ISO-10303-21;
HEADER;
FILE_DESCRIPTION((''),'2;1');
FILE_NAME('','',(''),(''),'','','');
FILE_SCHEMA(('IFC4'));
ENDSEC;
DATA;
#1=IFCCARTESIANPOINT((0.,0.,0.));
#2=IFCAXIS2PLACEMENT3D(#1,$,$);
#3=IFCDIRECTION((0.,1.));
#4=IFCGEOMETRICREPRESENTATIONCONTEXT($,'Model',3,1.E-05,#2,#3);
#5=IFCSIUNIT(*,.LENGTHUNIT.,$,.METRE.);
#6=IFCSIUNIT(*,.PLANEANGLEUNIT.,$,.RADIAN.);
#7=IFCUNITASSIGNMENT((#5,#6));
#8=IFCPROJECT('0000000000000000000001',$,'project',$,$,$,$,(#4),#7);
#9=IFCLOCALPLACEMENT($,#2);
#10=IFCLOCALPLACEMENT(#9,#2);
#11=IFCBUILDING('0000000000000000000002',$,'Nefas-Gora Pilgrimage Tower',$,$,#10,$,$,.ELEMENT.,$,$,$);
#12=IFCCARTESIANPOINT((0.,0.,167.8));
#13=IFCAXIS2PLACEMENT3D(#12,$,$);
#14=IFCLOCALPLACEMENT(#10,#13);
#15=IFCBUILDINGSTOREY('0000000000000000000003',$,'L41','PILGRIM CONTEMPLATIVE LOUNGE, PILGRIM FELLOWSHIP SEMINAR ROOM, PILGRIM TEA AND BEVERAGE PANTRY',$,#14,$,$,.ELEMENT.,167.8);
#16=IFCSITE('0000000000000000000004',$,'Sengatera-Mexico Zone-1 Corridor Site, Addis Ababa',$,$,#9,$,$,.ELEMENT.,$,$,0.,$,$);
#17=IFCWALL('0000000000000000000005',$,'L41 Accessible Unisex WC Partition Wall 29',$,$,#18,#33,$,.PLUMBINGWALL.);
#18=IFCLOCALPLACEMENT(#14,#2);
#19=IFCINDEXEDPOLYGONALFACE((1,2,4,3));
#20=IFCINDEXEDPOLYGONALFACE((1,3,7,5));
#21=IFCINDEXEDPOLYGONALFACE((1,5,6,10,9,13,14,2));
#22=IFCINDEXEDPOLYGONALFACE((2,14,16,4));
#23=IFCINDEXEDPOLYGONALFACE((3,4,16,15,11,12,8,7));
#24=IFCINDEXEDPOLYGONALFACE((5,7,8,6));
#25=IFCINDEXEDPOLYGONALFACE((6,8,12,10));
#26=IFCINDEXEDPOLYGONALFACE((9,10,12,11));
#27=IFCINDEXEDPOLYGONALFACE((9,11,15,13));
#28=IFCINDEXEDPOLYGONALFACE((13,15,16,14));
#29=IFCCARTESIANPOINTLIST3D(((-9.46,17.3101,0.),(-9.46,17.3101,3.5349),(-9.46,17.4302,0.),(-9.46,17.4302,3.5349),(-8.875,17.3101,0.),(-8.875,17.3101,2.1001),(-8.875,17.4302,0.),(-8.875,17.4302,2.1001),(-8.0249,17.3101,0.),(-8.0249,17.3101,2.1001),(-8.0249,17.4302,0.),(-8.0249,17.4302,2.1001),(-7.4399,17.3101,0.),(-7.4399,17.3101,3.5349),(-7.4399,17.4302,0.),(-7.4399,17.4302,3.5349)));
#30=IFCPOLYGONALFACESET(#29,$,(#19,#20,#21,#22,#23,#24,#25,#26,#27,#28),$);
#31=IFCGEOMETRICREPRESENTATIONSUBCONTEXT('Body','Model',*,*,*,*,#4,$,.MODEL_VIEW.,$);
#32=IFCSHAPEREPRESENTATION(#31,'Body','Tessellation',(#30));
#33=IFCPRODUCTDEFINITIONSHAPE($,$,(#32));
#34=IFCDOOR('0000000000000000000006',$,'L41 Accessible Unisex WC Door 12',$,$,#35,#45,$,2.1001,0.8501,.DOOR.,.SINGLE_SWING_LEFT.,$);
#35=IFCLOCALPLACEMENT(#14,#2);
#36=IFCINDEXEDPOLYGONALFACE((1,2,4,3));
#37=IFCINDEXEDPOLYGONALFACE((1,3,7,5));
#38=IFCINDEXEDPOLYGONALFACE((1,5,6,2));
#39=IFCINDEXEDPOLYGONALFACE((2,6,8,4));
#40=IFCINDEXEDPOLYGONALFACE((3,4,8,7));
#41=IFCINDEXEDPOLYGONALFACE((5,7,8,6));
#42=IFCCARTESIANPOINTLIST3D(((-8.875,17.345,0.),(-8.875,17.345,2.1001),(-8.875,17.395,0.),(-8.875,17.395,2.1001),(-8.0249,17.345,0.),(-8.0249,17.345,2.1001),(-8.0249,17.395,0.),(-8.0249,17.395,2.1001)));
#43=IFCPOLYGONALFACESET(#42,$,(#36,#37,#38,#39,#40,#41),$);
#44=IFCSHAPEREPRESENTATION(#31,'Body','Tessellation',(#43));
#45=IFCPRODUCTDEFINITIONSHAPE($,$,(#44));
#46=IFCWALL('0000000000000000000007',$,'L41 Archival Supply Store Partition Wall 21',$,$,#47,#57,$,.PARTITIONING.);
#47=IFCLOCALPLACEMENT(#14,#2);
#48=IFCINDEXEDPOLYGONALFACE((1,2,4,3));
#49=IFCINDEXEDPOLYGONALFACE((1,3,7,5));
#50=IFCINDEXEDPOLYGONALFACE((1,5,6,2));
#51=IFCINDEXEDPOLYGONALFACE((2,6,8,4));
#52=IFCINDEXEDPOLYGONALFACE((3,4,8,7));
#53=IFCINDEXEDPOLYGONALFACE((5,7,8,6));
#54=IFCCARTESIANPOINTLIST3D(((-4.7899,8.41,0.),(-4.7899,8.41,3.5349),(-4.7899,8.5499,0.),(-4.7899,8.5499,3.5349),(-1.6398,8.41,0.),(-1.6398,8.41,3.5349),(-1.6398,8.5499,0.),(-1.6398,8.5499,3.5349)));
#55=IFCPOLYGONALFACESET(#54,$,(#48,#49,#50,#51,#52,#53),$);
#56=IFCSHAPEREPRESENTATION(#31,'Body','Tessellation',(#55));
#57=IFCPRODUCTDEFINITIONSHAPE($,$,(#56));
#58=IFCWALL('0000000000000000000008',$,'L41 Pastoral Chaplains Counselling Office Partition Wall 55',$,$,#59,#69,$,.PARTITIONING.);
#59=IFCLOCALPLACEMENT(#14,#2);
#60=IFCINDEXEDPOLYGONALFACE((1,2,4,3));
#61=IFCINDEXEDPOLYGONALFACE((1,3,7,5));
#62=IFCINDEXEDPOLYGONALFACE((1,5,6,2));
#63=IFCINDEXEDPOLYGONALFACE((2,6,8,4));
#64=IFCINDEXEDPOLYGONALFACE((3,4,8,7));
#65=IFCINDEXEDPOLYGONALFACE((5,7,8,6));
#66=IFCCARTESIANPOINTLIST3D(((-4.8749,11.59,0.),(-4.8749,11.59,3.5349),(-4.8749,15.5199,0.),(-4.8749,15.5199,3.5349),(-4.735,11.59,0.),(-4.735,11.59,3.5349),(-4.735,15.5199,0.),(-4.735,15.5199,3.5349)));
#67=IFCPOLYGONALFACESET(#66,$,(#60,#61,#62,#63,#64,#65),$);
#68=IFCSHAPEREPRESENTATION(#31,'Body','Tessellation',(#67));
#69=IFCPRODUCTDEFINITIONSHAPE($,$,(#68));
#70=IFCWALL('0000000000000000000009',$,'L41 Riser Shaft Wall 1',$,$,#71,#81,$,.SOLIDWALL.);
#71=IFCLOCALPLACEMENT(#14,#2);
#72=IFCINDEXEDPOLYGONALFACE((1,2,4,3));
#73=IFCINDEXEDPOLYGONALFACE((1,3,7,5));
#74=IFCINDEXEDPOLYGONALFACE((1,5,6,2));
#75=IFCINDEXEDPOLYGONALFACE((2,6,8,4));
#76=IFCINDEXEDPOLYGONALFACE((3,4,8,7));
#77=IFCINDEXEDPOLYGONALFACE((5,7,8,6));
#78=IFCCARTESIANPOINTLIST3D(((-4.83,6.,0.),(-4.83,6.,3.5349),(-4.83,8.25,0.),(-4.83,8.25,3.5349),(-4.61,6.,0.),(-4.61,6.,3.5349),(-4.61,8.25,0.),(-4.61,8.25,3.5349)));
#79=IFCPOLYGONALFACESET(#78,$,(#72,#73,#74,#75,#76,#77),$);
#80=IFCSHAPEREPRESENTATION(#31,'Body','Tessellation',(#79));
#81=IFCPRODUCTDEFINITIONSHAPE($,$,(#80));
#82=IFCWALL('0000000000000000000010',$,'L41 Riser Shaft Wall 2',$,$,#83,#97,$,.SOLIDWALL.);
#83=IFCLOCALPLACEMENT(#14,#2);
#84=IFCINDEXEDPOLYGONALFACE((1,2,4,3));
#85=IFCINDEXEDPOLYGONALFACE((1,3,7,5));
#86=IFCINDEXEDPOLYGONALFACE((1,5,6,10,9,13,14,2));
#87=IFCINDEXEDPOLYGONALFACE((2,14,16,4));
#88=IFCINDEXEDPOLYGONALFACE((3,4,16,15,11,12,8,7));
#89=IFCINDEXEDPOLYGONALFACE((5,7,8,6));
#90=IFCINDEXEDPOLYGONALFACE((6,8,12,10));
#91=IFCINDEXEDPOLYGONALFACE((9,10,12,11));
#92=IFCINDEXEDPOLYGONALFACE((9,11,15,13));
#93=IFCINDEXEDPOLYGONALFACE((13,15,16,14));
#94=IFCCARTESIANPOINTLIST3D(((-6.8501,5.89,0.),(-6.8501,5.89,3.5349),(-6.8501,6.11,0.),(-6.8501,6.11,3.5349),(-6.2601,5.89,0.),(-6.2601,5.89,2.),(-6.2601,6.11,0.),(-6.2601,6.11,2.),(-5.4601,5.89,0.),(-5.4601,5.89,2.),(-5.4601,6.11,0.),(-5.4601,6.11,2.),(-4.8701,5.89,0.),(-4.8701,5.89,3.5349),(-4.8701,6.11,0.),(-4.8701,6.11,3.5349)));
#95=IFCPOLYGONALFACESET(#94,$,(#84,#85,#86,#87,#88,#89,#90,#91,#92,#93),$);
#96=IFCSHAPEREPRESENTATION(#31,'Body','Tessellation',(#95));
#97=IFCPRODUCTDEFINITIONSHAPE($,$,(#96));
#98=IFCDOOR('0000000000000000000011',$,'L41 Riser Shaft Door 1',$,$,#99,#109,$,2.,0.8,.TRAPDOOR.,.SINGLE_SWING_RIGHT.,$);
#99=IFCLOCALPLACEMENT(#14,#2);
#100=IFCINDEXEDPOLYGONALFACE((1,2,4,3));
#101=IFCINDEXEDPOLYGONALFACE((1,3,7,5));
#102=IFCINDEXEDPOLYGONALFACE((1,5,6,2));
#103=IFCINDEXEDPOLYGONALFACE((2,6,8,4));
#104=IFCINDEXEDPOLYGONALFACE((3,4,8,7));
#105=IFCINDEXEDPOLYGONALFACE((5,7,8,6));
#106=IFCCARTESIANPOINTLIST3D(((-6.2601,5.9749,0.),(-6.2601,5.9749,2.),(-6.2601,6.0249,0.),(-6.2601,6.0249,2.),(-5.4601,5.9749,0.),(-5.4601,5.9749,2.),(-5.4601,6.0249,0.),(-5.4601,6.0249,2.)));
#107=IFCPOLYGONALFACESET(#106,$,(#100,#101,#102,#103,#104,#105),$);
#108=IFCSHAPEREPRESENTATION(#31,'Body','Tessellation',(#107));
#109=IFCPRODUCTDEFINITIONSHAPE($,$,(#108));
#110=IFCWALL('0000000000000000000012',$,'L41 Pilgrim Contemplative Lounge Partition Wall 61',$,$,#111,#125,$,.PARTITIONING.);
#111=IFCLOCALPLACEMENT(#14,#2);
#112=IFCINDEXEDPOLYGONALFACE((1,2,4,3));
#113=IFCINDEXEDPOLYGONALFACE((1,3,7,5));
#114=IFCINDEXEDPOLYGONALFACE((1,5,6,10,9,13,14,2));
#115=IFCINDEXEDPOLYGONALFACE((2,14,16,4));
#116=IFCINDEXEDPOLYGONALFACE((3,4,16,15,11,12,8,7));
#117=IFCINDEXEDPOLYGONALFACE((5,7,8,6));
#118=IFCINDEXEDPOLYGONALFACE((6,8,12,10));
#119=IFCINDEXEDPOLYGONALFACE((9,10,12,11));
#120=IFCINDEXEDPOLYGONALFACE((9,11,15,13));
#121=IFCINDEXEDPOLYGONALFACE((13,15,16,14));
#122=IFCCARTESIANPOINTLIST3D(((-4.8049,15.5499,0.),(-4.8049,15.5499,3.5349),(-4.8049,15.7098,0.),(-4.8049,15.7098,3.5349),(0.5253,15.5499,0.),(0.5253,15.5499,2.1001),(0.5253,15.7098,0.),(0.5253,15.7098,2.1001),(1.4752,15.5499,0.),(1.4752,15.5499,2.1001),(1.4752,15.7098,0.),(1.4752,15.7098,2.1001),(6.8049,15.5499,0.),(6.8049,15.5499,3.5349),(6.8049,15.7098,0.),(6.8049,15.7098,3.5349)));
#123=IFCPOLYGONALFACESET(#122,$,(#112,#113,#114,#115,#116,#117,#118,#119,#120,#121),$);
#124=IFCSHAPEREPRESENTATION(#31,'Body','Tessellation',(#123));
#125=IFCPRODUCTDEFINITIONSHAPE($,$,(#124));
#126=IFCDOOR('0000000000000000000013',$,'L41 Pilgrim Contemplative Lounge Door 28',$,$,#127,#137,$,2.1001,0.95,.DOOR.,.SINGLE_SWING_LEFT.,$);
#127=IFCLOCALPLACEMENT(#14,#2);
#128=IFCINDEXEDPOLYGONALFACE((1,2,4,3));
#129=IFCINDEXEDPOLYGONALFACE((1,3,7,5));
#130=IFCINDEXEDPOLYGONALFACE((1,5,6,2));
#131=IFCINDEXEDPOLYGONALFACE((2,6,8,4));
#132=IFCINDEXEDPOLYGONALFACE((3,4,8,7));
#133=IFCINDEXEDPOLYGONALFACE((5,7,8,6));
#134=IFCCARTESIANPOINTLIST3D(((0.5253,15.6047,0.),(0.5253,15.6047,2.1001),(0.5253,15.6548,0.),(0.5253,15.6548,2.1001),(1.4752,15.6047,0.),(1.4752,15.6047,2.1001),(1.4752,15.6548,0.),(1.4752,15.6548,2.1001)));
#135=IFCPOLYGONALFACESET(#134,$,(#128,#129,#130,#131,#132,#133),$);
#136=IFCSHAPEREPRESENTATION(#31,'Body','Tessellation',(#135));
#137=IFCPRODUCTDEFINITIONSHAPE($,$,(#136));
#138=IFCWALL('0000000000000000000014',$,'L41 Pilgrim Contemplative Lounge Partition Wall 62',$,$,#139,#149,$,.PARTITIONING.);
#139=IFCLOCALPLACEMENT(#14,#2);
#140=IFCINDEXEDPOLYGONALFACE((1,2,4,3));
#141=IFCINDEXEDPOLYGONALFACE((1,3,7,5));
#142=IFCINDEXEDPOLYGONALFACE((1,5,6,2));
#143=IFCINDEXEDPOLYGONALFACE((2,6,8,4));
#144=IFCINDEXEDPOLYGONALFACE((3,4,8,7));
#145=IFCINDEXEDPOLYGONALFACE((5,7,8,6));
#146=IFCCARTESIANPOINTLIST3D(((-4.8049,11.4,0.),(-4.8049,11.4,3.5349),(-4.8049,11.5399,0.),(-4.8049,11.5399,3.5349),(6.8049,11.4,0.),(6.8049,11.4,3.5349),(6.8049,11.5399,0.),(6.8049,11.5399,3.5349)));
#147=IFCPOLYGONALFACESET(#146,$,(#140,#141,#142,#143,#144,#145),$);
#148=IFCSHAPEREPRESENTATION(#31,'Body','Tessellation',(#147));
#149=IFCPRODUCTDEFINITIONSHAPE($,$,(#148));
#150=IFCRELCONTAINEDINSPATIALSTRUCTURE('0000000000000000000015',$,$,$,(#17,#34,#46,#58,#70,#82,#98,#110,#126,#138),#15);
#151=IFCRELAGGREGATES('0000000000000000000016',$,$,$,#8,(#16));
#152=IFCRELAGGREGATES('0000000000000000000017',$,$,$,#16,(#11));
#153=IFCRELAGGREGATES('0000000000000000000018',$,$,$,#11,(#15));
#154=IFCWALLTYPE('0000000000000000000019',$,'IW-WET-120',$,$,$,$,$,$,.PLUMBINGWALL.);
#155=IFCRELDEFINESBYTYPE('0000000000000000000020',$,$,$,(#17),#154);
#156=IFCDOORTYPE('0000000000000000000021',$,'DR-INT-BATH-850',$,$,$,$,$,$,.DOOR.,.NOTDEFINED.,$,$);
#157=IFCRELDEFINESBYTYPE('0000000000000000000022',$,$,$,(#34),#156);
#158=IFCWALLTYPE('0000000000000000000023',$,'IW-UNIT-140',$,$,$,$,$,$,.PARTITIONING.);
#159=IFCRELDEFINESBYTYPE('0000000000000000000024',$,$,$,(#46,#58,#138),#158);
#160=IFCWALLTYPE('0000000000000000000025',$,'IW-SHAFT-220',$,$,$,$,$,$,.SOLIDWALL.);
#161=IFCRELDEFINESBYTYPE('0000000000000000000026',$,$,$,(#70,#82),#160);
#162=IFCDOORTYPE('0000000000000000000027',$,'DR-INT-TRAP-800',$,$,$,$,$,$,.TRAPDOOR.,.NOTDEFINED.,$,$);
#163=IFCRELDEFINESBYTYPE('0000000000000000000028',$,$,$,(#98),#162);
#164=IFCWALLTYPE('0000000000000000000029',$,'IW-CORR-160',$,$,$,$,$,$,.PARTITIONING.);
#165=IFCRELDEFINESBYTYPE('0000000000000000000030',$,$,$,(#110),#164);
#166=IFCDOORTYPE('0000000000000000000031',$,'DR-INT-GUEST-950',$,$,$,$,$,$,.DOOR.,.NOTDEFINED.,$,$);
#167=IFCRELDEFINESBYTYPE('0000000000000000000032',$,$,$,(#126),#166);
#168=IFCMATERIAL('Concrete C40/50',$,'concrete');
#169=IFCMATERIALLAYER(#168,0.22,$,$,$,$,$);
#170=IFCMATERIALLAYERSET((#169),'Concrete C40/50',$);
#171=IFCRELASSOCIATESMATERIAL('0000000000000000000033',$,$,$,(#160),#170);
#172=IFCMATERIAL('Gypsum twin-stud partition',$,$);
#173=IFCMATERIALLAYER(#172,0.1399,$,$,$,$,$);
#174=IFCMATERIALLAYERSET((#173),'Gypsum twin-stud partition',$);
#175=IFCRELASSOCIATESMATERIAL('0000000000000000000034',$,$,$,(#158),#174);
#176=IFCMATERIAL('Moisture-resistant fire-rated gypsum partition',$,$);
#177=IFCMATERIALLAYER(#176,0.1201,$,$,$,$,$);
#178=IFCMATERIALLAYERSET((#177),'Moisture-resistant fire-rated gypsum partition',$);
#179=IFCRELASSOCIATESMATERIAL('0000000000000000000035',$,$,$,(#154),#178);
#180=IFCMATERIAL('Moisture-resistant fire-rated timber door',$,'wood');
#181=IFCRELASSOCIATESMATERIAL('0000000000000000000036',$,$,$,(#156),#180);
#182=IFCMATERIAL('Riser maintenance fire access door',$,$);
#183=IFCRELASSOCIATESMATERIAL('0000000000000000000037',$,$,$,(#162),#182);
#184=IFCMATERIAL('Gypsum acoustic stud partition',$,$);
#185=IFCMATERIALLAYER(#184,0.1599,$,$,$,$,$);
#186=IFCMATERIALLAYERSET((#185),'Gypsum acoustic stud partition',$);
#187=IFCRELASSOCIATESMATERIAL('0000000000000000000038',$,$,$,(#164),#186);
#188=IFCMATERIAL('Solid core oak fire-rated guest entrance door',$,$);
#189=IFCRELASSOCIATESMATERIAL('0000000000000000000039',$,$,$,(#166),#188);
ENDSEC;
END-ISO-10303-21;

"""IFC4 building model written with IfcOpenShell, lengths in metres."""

from ifc_helpers import new_model, si_unit, direction, frame, frame_2d, origin, place, context, subcontext, project, spatial, rectangle, extrude, source, transform, mapped, material, layer, layer_set, type_object, element, fill, save


model = new_model("IFC4")

# Units and contexts
model_context = context("Model", 3, precision=1e-05, world=origin(), true_north=direction((0.0, 1.0)))
body_context = subcontext(model_context, "Body", "Model", "MODEL_VIEW")
ifc_project = project(units=[si_unit("LENGTHUNIT", "METRE"), si_unit("PLANEANGLEUNIT", "RADIAN")], contexts=[model_context])

# Site, building, storey
site_placement = place(None, origin())
site = spatial("IfcSite", under=ifc_project, at=site_placement, Name="Sengatera-Mexico Zone-1 Corridor Site, Addis Ababa", CompositionType="ELEMENT", RefElevation=0.0)
building_placement = place(site_placement, origin())
building = spatial("IfcBuilding", under=site, at=building_placement, Name="Nefas-Gora Pilgrimage Tower", CompositionType="ELEMENT")
storey_placement = place(building_placement, frame((0.0, 0.0, 167.8)))
storey = spatial("IfcBuildingStorey", under=building, at=storey_placement, Name="L41", Description="PILGRIM CONTEMPLATIVE LOUNGE, PILGRIM FELLOWSHIP SEMINAR ROOM, PILGRIM TEA AND BEVERAGE PANTRY", CompositionType="ELEMENT", Elevation=167.8)

# Shared definitions
ifc_material_1 = material(Name="Concrete C40/50", Category="concrete")
ifc_layer_1 = layer(ifc_material_1, 0.22)
ifc_layer_set_1 = layer_set([ifc_layer_1], Name="Concrete C40/50")
wall_type_1 = type_object("IfcWallType", Name="IW-SHAFT-220", PredefinedType="SOLIDWALL", material=ifc_layer_set_1)

# Shared definitions
ifc_material_2 = material(Name="Gypsum twin-stud partition")
ifc_layer_2 = layer(ifc_material_2, 0.1399)
ifc_layer_set_2 = layer_set([ifc_layer_2], Name="Gypsum twin-stud partition")
wall_type_2 = type_object("IfcWallType", Name="IW-UNIT-140", PredefinedType="PARTITIONING", material=ifc_layer_set_2)

# Wall, opening, door
ifc_material_3 = material(Name="Moisture-resistant fire-rated gypsum partition")
ifc_layer_3 = layer(ifc_material_3, 0.1201)
ifc_layer_set_3 = layer_set([ifc_layer_3], Name="Moisture-resistant fire-rated gypsum partition")
wall_type_3 = type_object("IfcWallType", Name="IW-WET-120", PredefinedType="PLUMBINGWALL", material=ifc_layer_set_3)
shared_shape_1 = source(origin(), body_context, "Body", "SweptSolid", [
    extrude(rectangle(XDim=2.02, YDim=0.1201, at=frame_2d((1.01, 0.0))), origin(), (0.0, 0.0, 1.0), 3.5349),
])
wall_1_placement = place(storey_placement, frame((-9.46, 17.3701, 0.0), z_axis=(0.0, 0.0, 1.0), x_axis=(1.0, 0.0, 0.0)))
wall_1 = element("IfcWall", 1, at=wall_1_placement, inside=storey, type_object=wall_type_3, Name="L41 Accessible Unisex WC Partition Wall 29", PredefinedType="PLUMBINGWALL", context=body_context, shape_type="MappedRepresentation", body=[
    mapped(shared_shape_1, transform((0.0, 0.0, 0.0), x_axis=(1.0, 0.0, 0.0), y_axis=(0.0, 1.0, 0.0), z_axis=(0.0, 0.0, 1.0), scale=1.0)),
])
opening_1_placement = place(wall_1_placement, frame((0.585, 0.0, 0.0)))
opening_1 = element("IfcOpeningElement", 2, at=opening_1_placement, cuts=wall_1, PredefinedType="OPENING", context=body_context, shape_type="SweptSolid", body=[
    extrude(rectangle(XDim=0.8501, YDim=2.1001, at=frame_2d((0.425, 1.05))), frame((0.0, 0.0701, 0.0), z_axis=(0.0, -1.0, 0.0), x_axis=(1.0, 0.0, 0.0)), (0.0, 0.0, 1.0), 0.1401),
])
ifc_material_4 = material(Name="Moisture-resistant fire-rated timber door", Category="wood")
door_type_1 = type_object("IfcDoorType", Name="DR-INT-BATH-850", OperationType="NOTDEFINED", PredefinedType="DOOR", material=ifc_material_4)
shared_shape_2 = source(origin(), body_context, "Body", "SweptSolid", [
    extrude(rectangle(XDim=0.8501, YDim=2.1001, at=frame_2d((0.425, 1.05))), frame((0.0, 0.0249, 0.0), z_axis=(0.0, -1.0, 0.0), x_axis=(1.0, 0.0, 0.0)), (0.0, 0.0, 1.0), 0.05),
])
door_1_placement = place(opening_1_placement, origin())
door_1 = element("IfcDoor", 3, at=door_1_placement, inside=storey, type_object=door_type_1, Name="L41 Accessible Unisex WC Door 12", OperationType="SINGLE_SWING_LEFT", OverallHeight=2.1001, OverallWidth=0.8501, PredefinedType="DOOR", context=body_context, shape_type="MappedRepresentation", body=[
    mapped(shared_shape_2, transform((0.0, 0.0, 0.0), x_axis=(1.0, 0.0, 0.0), y_axis=(0.0, 1.0, 0.0), z_axis=(0.0, 0.0, 1.0), scale=1.0)),
])
fill(opening_1, door_1)

# Walls
shared_shape_3 = source(origin(), body_context, "Body", "SweptSolid", [
    extrude(rectangle(XDim=3.1501, YDim=0.1399, at=frame_2d((1.5752, 0.0))), origin(), (0.0, 0.0, 1.0), 3.5349),
])
wall_2_placement = place(storey_placement, frame((-4.79, 8.48, 0.0), z_axis=(0.0, 0.0, 1.0), x_axis=(1.0, 0.0, 0.0)))
element("IfcWall", 4, at=wall_2_placement, inside=storey, type_object=wall_type_2, Name="L41 Archival Supply Store Partition Wall 21", PredefinedType="PARTITIONING", context=body_context, shape_type="MappedRepresentation", body=[
    mapped(shared_shape_3, transform((0.0, 0.0, 0.0), x_axis=(1.0, 0.0, 0.0), y_axis=(0.0, 1.0, 0.0), z_axis=(0.0, 0.0, 1.0), scale=1.0)),
])
shared_shape_4 = source(origin(), body_context, "Body", "SweptSolid", [
    extrude(rectangle(XDim=3.9299, YDim=0.1399, at=frame_2d((1.9648, 0.0))), origin(), (0.0, 0.0, 1.0), 3.5349),
])
wall_3_placement = place(storey_placement, frame((-4.8049, 11.5901, 0.0), z_axis=(0.0, 0.0, 1.0), x_axis=(0.0, 1.0, 0.0)))
element("IfcWall", 5, at=wall_3_placement, inside=storey, type_object=wall_type_2, Name="L41 Pastoral Chaplains Counselling Office Partition Wall 55", PredefinedType="PARTITIONING", context=body_context, shape_type="MappedRepresentation", body=[
    mapped(shared_shape_4, transform((0.0, 0.0, 0.0), x_axis=(1.0, 0.0, 0.0), y_axis=(0.0, 1.0, 0.0), z_axis=(0.0, 0.0, 1.0), scale=1.0)),
])
shared_shape_5 = source(origin(), body_context, "Body", "SweptSolid", [
    extrude(rectangle(XDim=2.25, YDim=0.22, at=frame_2d((1.125, 0.0))), origin(), (0.0, 0.0, 1.0), 3.5349),
])
wall_4_placement = place(storey_placement, frame((-4.72, 6.0, 0.0), z_axis=(0.0, 0.0, 1.0), x_axis=(0.0, 1.0, 0.0)))
element("IfcWall", 6, at=wall_4_placement, inside=storey, type_object=wall_type_1, Name="L41 Riser Shaft Wall 1", PredefinedType="SOLIDWALL", context=body_context, shape_type="MappedRepresentation", body=[
    mapped(shared_shape_5, transform((0.0, 0.0, 0.0), x_axis=(1.0, 0.0, 0.0), y_axis=(0.0, 1.0, 0.0), z_axis=(0.0, 0.0, 1.0), scale=1.0)),
])

# Walls, openings, doors
shared_shape_6 = source(origin(), body_context, "Body", "SweptSolid", [
    extrude(rectangle(XDim=1.98, YDim=0.22, at=frame_2d((0.99, 0.0))), origin(), (0.0, 0.0, 1.0), 3.5349),
])
wall_5_placement = place(storey_placement, frame((-6.8501, 6.0, 0.0), z_axis=(0.0, 0.0, 1.0), x_axis=(1.0, 0.0, 0.0)))
wall_5 = element("IfcWall", 7, at=wall_5_placement, inside=storey, type_object=wall_type_1, Name="L41 Riser Shaft Wall 2", PredefinedType="SOLIDWALL", context=body_context, shape_type="MappedRepresentation", body=[
    mapped(shared_shape_6, transform((0.0, 0.0, 0.0), x_axis=(1.0, 0.0, 0.0), y_axis=(0.0, 1.0, 0.0), z_axis=(0.0, 0.0, 1.0), scale=1.0)),
])
opening_2_placement = place(wall_5_placement, frame((0.5901, 0.0, 0.0)))
opening_2 = element("IfcOpeningElement", 8, at=opening_2_placement, cuts=wall_5, PredefinedType="OPENING", context=body_context, shape_type="SweptSolid", body=[
    extrude(rectangle(XDim=0.8, YDim=2.0, at=frame_2d((0.3999, 1.0))), frame((0.0, 0.1199, 0.0), z_axis=(0.0, -1.0, 0.0), x_axis=(1.0, 0.0, 0.0)), (0.0, 0.0, 1.0), 0.24),
])
ifc_material_5 = material(Name="Riser maintenance fire access door")
door_type_2 = type_object("IfcDoorType", Name="DR-INT-TRAP-800", OperationType="NOTDEFINED", PredefinedType="TRAPDOOR", material=ifc_material_5)
shared_shape_7 = source(origin(), body_context, "Body", "SweptSolid", [
    extrude(rectangle(XDim=0.8, YDim=2.0, at=frame_2d((0.3999, 1.0))), frame((0.0, 0.0249, 0.0), z_axis=(0.0, -1.0, 0.0), x_axis=(1.0, 0.0, 0.0)), (0.0, 0.0, 1.0), 0.05),
])
door_2_placement = place(opening_2_placement, origin())
door_2 = element("IfcDoor", 9, at=door_2_placement, inside=storey, type_object=door_type_2, Name="L41 Riser Shaft Door 1", OperationType="SINGLE_SWING_RIGHT", OverallHeight=2.0, OverallWidth=0.8, PredefinedType="TRAPDOOR", context=body_context, shape_type="MappedRepresentation", body=[
    mapped(shared_shape_7, transform((0.0, 0.0, 0.0), x_axis=(1.0, 0.0, 0.0), y_axis=(0.0, 1.0, 0.0), z_axis=(0.0, 0.0, 1.0), scale=1.0)),
])
fill(opening_2, door_2)
ifc_material_6 = material(Name="Gypsum acoustic stud partition")
ifc_layer_4 = layer(ifc_material_6, 0.1599)
ifc_layer_set_4 = layer_set([ifc_layer_4], Name="Gypsum acoustic stud partition")
wall_type_4 = type_object("IfcWallType", Name="IW-CORR-160", PredefinedType="PARTITIONING", material=ifc_layer_set_4)
shared_shape_8 = source(origin(), body_context, "Body", "SweptSolid", [
    extrude(rectangle(XDim=11.6099, YDim=0.1599, at=frame_2d((5.8049, 0.0))), origin(), (0.0, 0.0, 1.0), 3.5349),
])
wall_6_placement = place(storey_placement, frame((-4.8049, 15.6299, 0.0), z_axis=(0.0, 0.0, 1.0), x_axis=(1.0, 0.0, 0.0)))
wall_6 = element("IfcWall", 10, at=wall_6_placement, inside=storey, type_object=wall_type_4, Name="L41 Pilgrim Contemplative Lounge Partition Wall 61", PredefinedType="PARTITIONING", context=body_context, shape_type="MappedRepresentation", body=[
    mapped(shared_shape_8, transform((0.0, 0.0, 0.0), x_axis=(1.0, 0.0, 0.0), y_axis=(0.0, 1.0, 0.0), z_axis=(0.0, 0.0, 1.0), scale=1.0)),
])
opening_3_placement = place(wall_6_placement, frame((5.3301, 0.0, 0.0)))
opening_3 = element("IfcOpeningElement", 11, at=opening_3_placement, cuts=wall_6, PredefinedType="OPENING", context=body_context, shape_type="SweptSolid", body=[
    extrude(rectangle(XDim=0.95, YDim=2.1001, at=frame_2d((0.4751, 1.05))), frame((0.0, 0.0898, 0.0), z_axis=(0.0, -1.0, 0.0), x_axis=(1.0, 0.0, 0.0)), (0.0, 0.0, 1.0), 0.1799),
])
ifc_material_7 = material(Name="Solid core oak fire-rated guest entrance door")
door_type_3 = type_object("IfcDoorType", Name="DR-INT-GUEST-950", OperationType="NOTDEFINED", PredefinedType="DOOR", material=ifc_material_7)
shared_shape_9 = source(origin(), body_context, "Body", "SweptSolid", [
    extrude(rectangle(XDim=0.95, YDim=2.1001, at=frame_2d((0.4751, 1.05))), frame((0.0, 0.0249, 0.0), z_axis=(0.0, -1.0, 0.0), x_axis=(1.0, 0.0, 0.0)), (0.0, 0.0, 1.0), 0.05),
])
door_3_placement = place(opening_3_placement, origin())
door_3 = element("IfcDoor", 12, at=door_3_placement, inside=storey, type_object=door_type_3, Name="L41 Pilgrim Contemplative Lounge Door 28", OperationType="SINGLE_SWING_LEFT", OverallHeight=2.1001, OverallWidth=0.95, PredefinedType="DOOR", context=body_context, shape_type="MappedRepresentation", body=[
    mapped(shared_shape_9, transform((0.0, 0.0, 0.0), x_axis=(1.0, 0.0, 0.0), y_axis=(0.0, 1.0, 0.0), z_axis=(0.0, 0.0, 1.0), scale=1.0)),
])
fill(opening_3, door_3)

# Wall
shared_shape_10 = source(origin(), body_context, "Body", "SweptSolid", [
    extrude(rectangle(XDim=11.6099, YDim=0.1399, at=frame_2d((5.8049, 0.0))), origin(), (0.0, 0.0, 1.0), 3.5349),
])
wall_7_placement = place(storey_placement, frame((-4.8049, 11.47, 0.0), z_axis=(0.0, 0.0, 1.0), x_axis=(1.0, 0.0, 0.0)))
element("IfcWall", 13, at=wall_7_placement, inside=storey, type_object=wall_type_2, Name="L41 Pilgrim Contemplative Lounge Partition Wall 62", PredefinedType="PARTITIONING", context=body_context, shape_type="MappedRepresentation", body=[
    mapped(shared_shape_10, transform((0.0, 0.0, 0.0), x_axis=(1.0, 0.0, 0.0), y_axis=(0.0, 1.0, 0.0), z_axis=(0.0, 0.0, 1.0), scale=1.0)),
])

save(model, "model.ifc")
